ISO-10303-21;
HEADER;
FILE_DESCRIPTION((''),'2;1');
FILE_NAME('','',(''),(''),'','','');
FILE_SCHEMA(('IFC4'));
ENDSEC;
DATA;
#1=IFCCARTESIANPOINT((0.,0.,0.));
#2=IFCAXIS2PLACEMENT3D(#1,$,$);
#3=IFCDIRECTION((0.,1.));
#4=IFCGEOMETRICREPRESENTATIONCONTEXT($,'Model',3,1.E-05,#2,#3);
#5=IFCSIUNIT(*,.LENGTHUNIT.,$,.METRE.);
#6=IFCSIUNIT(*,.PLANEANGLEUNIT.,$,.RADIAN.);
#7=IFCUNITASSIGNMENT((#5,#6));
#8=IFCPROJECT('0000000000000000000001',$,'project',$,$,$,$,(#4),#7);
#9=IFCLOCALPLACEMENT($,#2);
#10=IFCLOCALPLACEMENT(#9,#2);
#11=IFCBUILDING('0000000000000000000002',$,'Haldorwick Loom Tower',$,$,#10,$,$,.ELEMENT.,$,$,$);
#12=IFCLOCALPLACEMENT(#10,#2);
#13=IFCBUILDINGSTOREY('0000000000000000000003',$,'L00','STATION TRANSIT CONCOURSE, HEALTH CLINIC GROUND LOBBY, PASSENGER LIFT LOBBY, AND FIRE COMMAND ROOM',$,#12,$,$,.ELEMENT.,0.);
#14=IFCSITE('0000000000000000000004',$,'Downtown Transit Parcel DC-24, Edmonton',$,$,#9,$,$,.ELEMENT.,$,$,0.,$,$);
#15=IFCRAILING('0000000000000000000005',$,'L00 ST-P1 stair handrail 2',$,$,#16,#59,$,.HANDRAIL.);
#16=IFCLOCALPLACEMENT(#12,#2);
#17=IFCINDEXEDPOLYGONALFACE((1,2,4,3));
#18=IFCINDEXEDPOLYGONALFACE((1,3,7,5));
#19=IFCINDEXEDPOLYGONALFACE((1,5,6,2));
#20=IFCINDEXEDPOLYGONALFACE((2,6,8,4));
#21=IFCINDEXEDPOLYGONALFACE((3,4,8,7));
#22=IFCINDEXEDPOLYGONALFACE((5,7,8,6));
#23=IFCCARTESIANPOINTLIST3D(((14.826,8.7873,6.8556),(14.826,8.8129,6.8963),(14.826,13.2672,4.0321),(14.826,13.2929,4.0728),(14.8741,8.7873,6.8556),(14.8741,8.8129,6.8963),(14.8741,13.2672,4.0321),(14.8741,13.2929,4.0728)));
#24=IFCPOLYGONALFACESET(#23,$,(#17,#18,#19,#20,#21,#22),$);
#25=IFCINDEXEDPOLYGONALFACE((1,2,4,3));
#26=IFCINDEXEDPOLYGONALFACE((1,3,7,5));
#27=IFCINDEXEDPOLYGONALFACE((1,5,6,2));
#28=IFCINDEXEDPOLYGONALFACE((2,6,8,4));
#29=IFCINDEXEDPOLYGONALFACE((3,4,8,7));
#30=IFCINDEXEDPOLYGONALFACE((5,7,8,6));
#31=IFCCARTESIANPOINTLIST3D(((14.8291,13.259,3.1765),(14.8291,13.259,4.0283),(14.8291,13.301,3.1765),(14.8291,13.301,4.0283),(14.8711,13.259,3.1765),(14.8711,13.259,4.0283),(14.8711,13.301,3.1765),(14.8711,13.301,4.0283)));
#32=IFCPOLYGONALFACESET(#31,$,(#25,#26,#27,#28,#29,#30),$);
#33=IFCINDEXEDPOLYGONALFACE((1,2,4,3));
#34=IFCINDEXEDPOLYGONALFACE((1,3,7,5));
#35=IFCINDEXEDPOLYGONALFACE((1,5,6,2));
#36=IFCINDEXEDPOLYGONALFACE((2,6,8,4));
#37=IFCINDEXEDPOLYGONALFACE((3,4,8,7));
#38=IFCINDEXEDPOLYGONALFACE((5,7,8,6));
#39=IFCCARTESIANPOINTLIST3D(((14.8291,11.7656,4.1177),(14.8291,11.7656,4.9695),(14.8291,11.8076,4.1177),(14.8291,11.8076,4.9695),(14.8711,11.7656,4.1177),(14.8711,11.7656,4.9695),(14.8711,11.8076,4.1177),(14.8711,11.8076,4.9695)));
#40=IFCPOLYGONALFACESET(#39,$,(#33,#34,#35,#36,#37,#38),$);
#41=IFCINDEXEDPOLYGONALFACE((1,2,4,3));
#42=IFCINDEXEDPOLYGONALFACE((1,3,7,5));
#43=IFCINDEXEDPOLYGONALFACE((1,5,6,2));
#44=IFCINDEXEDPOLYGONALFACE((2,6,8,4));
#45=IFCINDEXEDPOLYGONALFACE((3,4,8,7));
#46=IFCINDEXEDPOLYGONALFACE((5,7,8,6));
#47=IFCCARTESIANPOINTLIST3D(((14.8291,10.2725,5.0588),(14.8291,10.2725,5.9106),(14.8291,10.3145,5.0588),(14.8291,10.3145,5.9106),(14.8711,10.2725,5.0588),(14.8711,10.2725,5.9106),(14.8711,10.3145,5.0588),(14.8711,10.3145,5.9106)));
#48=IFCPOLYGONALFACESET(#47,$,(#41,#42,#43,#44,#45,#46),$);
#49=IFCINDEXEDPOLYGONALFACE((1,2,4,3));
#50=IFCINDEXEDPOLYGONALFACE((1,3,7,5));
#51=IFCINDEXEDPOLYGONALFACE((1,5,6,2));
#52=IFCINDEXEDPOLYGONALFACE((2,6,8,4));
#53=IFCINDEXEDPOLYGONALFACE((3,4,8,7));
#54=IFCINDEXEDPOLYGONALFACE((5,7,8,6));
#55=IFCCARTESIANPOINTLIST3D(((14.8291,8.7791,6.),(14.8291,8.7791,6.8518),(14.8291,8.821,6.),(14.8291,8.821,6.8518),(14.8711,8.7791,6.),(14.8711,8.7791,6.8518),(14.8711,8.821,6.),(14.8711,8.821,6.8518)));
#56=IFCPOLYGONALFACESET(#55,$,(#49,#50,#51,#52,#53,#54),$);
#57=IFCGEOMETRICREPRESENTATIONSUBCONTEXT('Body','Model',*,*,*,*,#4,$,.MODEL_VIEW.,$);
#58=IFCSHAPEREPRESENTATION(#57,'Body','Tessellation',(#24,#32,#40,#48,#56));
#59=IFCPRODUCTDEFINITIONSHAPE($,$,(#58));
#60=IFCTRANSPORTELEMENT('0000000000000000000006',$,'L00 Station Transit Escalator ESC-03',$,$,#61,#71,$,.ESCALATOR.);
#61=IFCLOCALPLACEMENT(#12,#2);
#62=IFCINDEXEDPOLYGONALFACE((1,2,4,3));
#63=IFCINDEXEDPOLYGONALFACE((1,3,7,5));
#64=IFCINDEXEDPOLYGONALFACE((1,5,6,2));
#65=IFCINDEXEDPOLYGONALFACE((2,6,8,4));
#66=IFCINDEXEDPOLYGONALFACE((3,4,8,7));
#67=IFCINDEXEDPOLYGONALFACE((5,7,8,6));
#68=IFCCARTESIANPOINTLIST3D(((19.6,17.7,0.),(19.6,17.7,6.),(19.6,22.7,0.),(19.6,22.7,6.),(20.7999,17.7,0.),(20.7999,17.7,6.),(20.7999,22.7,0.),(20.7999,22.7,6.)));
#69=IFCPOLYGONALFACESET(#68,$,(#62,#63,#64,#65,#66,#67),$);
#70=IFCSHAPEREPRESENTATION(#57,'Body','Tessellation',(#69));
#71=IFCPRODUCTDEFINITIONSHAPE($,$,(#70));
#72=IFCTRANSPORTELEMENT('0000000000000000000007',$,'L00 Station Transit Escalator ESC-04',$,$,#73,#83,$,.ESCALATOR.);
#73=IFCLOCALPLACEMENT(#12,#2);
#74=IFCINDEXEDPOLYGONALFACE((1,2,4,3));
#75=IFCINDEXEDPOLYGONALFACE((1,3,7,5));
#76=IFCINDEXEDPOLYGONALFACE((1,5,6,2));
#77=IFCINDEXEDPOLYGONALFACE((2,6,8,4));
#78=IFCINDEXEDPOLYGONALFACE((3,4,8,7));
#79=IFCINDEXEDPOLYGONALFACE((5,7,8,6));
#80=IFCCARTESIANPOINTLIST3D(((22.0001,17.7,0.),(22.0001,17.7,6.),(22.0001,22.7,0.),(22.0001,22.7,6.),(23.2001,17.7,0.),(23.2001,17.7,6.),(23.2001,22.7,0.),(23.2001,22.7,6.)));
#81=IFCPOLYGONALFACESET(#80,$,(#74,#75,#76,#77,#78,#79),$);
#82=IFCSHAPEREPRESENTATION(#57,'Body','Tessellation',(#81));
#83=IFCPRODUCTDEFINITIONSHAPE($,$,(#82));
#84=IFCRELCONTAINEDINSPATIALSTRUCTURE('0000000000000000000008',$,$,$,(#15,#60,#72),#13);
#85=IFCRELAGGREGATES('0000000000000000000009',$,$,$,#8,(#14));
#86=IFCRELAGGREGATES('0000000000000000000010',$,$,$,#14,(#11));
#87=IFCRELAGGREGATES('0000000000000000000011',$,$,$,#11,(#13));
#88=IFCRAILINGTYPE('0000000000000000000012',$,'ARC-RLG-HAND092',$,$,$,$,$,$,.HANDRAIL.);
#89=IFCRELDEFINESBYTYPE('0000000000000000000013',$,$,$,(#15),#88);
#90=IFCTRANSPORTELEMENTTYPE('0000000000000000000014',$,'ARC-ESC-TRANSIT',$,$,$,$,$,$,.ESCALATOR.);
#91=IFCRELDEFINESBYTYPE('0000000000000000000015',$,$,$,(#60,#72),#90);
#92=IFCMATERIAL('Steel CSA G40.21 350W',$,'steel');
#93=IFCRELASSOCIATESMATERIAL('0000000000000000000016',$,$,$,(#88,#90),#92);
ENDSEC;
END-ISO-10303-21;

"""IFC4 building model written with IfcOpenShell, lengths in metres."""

from ifc_helpers import new_model, si_unit, direction, frame, origin, origin_2d, place, context, subcontext, project, spatial, rectangle, extrude, material, type_object, element, save


model = new_model("IFC4")

# Units and contexts
model_context = context("Model", 3, precision=1e-05, world=origin(), true_north=direction((0.0, 1.0)))
body_context = subcontext(model_context, "Body", "Model", "MODEL_VIEW")
ifc_project = project(units=[si_unit("LENGTHUNIT", "METRE"), si_unit("PLANEANGLEUNIT", "RADIAN")], contexts=[model_context])

# Site, building, storey
site_placement = place(None, origin())
site = spatial("IfcSite", under=ifc_project, at=site_placement, Name="Downtown Transit Parcel DC-24, Edmonton", CompositionType="ELEMENT", RefElevation=0.0)
building_placement = place(site_placement, origin())
building = spatial("IfcBuilding", under=site, at=building_placement, Name="Haldorwick Loom Tower", CompositionType="ELEMENT")
storey_placement = place(building_placement, origin())
storey = spatial("IfcBuildingStorey", under=building, at=storey_placement, Name="L00", Description="STATION TRANSIT CONCOURSE, HEALTH CLINIC GROUND LOBBY, PASSENGER LIFT LOBBY, AND FIRE COMMAND ROOM", CompositionType="ELEMENT", Elevation=0.0)

# Shared definitions
ifc_material_1 = material(Name="Steel CSA G40.21 350W", Category="steel")

# Railing
railing_type_1 = type_object("IfcRailingType", Name="ARC-RLG-HAND092", PredefinedType="HANDRAIL", material=ifc_material_1)
railing_1_placement = place(storey_placement, frame((14.8501, 13.28, 3.1765)))
element("IfcRailing", 1, at=railing_1_placement, inside=storey, type_object=railing_type_1, Name="L00 ST-P1 stair handrail 2", PredefinedType="HANDRAIL", context=body_context, shape_type="SweptSolid", body=[
    extrude(rectangle(XDim=0.0481, YDim=0.0481, at=origin_2d()), frame((0.0, 0.0, 0.876), z_axis=(0.0, -0.845998, 0.533186), x_axis=(1.0, 0.0, 0.0)), (0.0, 0.0, 1.0), 5.2954),
    extrude(rectangle(XDim=0.042, YDim=0.042, at=origin_2d()), origin(), (0.0, 0.0, 1.0), 0.8518),
    extrude(rectangle(XDim=0.042, YDim=0.042, at=origin_2d()), frame((0.0, -1.4934, 0.9412)), (0.0, 0.0, 1.0), 0.8518),
    extrude(rectangle(XDim=0.042, YDim=0.042, at=origin_2d()), frame((0.0, -2.9866, 1.8823)), (0.0, 0.0, 1.0), 0.8518),
    extrude(rectangle(XDim=0.042, YDim=0.042, at=origin_2d()), frame((0.0, -4.48, 2.8235)), (0.0, 0.0, 1.0), 0.8518),
])

# Transport elements
transport_element_type = type_object("IfcTransportElementType", Name="ARC-ESC-TRANSIT", PredefinedType="ESCALATOR", material=ifc_material_1)
for number, where, z_axis, x_axis, name in (
    (2, (20.2, 20.2, 0.0), (0.0, 0.0, 1.0), (1.0, 0.0, 0.0), "L00 Station Transit Escalator ESC-03"),
    (3, (22.6001, 20.2, 0.0), (0.0, 0.0, 1.0), (1.0, 0.0, 0.0), "L00 Station Transit Escalator ESC-04"),
):
    element("IfcTransportElement", number, at=place(storey_placement, frame(where, z_axis=z_axis, x_axis=x_axis)), inside=storey, type_object=transport_element_type, Name=name, PredefinedType="ESCALATOR", context=body_context, shape_type="SweptSolid", body=[
        extrude(rectangle(XDim=1.2, YDim=5.0, at=origin_2d()), origin(), (0.0, 0.0, 1.0), 6.0),
    ])

save(model, "model.ifc")
